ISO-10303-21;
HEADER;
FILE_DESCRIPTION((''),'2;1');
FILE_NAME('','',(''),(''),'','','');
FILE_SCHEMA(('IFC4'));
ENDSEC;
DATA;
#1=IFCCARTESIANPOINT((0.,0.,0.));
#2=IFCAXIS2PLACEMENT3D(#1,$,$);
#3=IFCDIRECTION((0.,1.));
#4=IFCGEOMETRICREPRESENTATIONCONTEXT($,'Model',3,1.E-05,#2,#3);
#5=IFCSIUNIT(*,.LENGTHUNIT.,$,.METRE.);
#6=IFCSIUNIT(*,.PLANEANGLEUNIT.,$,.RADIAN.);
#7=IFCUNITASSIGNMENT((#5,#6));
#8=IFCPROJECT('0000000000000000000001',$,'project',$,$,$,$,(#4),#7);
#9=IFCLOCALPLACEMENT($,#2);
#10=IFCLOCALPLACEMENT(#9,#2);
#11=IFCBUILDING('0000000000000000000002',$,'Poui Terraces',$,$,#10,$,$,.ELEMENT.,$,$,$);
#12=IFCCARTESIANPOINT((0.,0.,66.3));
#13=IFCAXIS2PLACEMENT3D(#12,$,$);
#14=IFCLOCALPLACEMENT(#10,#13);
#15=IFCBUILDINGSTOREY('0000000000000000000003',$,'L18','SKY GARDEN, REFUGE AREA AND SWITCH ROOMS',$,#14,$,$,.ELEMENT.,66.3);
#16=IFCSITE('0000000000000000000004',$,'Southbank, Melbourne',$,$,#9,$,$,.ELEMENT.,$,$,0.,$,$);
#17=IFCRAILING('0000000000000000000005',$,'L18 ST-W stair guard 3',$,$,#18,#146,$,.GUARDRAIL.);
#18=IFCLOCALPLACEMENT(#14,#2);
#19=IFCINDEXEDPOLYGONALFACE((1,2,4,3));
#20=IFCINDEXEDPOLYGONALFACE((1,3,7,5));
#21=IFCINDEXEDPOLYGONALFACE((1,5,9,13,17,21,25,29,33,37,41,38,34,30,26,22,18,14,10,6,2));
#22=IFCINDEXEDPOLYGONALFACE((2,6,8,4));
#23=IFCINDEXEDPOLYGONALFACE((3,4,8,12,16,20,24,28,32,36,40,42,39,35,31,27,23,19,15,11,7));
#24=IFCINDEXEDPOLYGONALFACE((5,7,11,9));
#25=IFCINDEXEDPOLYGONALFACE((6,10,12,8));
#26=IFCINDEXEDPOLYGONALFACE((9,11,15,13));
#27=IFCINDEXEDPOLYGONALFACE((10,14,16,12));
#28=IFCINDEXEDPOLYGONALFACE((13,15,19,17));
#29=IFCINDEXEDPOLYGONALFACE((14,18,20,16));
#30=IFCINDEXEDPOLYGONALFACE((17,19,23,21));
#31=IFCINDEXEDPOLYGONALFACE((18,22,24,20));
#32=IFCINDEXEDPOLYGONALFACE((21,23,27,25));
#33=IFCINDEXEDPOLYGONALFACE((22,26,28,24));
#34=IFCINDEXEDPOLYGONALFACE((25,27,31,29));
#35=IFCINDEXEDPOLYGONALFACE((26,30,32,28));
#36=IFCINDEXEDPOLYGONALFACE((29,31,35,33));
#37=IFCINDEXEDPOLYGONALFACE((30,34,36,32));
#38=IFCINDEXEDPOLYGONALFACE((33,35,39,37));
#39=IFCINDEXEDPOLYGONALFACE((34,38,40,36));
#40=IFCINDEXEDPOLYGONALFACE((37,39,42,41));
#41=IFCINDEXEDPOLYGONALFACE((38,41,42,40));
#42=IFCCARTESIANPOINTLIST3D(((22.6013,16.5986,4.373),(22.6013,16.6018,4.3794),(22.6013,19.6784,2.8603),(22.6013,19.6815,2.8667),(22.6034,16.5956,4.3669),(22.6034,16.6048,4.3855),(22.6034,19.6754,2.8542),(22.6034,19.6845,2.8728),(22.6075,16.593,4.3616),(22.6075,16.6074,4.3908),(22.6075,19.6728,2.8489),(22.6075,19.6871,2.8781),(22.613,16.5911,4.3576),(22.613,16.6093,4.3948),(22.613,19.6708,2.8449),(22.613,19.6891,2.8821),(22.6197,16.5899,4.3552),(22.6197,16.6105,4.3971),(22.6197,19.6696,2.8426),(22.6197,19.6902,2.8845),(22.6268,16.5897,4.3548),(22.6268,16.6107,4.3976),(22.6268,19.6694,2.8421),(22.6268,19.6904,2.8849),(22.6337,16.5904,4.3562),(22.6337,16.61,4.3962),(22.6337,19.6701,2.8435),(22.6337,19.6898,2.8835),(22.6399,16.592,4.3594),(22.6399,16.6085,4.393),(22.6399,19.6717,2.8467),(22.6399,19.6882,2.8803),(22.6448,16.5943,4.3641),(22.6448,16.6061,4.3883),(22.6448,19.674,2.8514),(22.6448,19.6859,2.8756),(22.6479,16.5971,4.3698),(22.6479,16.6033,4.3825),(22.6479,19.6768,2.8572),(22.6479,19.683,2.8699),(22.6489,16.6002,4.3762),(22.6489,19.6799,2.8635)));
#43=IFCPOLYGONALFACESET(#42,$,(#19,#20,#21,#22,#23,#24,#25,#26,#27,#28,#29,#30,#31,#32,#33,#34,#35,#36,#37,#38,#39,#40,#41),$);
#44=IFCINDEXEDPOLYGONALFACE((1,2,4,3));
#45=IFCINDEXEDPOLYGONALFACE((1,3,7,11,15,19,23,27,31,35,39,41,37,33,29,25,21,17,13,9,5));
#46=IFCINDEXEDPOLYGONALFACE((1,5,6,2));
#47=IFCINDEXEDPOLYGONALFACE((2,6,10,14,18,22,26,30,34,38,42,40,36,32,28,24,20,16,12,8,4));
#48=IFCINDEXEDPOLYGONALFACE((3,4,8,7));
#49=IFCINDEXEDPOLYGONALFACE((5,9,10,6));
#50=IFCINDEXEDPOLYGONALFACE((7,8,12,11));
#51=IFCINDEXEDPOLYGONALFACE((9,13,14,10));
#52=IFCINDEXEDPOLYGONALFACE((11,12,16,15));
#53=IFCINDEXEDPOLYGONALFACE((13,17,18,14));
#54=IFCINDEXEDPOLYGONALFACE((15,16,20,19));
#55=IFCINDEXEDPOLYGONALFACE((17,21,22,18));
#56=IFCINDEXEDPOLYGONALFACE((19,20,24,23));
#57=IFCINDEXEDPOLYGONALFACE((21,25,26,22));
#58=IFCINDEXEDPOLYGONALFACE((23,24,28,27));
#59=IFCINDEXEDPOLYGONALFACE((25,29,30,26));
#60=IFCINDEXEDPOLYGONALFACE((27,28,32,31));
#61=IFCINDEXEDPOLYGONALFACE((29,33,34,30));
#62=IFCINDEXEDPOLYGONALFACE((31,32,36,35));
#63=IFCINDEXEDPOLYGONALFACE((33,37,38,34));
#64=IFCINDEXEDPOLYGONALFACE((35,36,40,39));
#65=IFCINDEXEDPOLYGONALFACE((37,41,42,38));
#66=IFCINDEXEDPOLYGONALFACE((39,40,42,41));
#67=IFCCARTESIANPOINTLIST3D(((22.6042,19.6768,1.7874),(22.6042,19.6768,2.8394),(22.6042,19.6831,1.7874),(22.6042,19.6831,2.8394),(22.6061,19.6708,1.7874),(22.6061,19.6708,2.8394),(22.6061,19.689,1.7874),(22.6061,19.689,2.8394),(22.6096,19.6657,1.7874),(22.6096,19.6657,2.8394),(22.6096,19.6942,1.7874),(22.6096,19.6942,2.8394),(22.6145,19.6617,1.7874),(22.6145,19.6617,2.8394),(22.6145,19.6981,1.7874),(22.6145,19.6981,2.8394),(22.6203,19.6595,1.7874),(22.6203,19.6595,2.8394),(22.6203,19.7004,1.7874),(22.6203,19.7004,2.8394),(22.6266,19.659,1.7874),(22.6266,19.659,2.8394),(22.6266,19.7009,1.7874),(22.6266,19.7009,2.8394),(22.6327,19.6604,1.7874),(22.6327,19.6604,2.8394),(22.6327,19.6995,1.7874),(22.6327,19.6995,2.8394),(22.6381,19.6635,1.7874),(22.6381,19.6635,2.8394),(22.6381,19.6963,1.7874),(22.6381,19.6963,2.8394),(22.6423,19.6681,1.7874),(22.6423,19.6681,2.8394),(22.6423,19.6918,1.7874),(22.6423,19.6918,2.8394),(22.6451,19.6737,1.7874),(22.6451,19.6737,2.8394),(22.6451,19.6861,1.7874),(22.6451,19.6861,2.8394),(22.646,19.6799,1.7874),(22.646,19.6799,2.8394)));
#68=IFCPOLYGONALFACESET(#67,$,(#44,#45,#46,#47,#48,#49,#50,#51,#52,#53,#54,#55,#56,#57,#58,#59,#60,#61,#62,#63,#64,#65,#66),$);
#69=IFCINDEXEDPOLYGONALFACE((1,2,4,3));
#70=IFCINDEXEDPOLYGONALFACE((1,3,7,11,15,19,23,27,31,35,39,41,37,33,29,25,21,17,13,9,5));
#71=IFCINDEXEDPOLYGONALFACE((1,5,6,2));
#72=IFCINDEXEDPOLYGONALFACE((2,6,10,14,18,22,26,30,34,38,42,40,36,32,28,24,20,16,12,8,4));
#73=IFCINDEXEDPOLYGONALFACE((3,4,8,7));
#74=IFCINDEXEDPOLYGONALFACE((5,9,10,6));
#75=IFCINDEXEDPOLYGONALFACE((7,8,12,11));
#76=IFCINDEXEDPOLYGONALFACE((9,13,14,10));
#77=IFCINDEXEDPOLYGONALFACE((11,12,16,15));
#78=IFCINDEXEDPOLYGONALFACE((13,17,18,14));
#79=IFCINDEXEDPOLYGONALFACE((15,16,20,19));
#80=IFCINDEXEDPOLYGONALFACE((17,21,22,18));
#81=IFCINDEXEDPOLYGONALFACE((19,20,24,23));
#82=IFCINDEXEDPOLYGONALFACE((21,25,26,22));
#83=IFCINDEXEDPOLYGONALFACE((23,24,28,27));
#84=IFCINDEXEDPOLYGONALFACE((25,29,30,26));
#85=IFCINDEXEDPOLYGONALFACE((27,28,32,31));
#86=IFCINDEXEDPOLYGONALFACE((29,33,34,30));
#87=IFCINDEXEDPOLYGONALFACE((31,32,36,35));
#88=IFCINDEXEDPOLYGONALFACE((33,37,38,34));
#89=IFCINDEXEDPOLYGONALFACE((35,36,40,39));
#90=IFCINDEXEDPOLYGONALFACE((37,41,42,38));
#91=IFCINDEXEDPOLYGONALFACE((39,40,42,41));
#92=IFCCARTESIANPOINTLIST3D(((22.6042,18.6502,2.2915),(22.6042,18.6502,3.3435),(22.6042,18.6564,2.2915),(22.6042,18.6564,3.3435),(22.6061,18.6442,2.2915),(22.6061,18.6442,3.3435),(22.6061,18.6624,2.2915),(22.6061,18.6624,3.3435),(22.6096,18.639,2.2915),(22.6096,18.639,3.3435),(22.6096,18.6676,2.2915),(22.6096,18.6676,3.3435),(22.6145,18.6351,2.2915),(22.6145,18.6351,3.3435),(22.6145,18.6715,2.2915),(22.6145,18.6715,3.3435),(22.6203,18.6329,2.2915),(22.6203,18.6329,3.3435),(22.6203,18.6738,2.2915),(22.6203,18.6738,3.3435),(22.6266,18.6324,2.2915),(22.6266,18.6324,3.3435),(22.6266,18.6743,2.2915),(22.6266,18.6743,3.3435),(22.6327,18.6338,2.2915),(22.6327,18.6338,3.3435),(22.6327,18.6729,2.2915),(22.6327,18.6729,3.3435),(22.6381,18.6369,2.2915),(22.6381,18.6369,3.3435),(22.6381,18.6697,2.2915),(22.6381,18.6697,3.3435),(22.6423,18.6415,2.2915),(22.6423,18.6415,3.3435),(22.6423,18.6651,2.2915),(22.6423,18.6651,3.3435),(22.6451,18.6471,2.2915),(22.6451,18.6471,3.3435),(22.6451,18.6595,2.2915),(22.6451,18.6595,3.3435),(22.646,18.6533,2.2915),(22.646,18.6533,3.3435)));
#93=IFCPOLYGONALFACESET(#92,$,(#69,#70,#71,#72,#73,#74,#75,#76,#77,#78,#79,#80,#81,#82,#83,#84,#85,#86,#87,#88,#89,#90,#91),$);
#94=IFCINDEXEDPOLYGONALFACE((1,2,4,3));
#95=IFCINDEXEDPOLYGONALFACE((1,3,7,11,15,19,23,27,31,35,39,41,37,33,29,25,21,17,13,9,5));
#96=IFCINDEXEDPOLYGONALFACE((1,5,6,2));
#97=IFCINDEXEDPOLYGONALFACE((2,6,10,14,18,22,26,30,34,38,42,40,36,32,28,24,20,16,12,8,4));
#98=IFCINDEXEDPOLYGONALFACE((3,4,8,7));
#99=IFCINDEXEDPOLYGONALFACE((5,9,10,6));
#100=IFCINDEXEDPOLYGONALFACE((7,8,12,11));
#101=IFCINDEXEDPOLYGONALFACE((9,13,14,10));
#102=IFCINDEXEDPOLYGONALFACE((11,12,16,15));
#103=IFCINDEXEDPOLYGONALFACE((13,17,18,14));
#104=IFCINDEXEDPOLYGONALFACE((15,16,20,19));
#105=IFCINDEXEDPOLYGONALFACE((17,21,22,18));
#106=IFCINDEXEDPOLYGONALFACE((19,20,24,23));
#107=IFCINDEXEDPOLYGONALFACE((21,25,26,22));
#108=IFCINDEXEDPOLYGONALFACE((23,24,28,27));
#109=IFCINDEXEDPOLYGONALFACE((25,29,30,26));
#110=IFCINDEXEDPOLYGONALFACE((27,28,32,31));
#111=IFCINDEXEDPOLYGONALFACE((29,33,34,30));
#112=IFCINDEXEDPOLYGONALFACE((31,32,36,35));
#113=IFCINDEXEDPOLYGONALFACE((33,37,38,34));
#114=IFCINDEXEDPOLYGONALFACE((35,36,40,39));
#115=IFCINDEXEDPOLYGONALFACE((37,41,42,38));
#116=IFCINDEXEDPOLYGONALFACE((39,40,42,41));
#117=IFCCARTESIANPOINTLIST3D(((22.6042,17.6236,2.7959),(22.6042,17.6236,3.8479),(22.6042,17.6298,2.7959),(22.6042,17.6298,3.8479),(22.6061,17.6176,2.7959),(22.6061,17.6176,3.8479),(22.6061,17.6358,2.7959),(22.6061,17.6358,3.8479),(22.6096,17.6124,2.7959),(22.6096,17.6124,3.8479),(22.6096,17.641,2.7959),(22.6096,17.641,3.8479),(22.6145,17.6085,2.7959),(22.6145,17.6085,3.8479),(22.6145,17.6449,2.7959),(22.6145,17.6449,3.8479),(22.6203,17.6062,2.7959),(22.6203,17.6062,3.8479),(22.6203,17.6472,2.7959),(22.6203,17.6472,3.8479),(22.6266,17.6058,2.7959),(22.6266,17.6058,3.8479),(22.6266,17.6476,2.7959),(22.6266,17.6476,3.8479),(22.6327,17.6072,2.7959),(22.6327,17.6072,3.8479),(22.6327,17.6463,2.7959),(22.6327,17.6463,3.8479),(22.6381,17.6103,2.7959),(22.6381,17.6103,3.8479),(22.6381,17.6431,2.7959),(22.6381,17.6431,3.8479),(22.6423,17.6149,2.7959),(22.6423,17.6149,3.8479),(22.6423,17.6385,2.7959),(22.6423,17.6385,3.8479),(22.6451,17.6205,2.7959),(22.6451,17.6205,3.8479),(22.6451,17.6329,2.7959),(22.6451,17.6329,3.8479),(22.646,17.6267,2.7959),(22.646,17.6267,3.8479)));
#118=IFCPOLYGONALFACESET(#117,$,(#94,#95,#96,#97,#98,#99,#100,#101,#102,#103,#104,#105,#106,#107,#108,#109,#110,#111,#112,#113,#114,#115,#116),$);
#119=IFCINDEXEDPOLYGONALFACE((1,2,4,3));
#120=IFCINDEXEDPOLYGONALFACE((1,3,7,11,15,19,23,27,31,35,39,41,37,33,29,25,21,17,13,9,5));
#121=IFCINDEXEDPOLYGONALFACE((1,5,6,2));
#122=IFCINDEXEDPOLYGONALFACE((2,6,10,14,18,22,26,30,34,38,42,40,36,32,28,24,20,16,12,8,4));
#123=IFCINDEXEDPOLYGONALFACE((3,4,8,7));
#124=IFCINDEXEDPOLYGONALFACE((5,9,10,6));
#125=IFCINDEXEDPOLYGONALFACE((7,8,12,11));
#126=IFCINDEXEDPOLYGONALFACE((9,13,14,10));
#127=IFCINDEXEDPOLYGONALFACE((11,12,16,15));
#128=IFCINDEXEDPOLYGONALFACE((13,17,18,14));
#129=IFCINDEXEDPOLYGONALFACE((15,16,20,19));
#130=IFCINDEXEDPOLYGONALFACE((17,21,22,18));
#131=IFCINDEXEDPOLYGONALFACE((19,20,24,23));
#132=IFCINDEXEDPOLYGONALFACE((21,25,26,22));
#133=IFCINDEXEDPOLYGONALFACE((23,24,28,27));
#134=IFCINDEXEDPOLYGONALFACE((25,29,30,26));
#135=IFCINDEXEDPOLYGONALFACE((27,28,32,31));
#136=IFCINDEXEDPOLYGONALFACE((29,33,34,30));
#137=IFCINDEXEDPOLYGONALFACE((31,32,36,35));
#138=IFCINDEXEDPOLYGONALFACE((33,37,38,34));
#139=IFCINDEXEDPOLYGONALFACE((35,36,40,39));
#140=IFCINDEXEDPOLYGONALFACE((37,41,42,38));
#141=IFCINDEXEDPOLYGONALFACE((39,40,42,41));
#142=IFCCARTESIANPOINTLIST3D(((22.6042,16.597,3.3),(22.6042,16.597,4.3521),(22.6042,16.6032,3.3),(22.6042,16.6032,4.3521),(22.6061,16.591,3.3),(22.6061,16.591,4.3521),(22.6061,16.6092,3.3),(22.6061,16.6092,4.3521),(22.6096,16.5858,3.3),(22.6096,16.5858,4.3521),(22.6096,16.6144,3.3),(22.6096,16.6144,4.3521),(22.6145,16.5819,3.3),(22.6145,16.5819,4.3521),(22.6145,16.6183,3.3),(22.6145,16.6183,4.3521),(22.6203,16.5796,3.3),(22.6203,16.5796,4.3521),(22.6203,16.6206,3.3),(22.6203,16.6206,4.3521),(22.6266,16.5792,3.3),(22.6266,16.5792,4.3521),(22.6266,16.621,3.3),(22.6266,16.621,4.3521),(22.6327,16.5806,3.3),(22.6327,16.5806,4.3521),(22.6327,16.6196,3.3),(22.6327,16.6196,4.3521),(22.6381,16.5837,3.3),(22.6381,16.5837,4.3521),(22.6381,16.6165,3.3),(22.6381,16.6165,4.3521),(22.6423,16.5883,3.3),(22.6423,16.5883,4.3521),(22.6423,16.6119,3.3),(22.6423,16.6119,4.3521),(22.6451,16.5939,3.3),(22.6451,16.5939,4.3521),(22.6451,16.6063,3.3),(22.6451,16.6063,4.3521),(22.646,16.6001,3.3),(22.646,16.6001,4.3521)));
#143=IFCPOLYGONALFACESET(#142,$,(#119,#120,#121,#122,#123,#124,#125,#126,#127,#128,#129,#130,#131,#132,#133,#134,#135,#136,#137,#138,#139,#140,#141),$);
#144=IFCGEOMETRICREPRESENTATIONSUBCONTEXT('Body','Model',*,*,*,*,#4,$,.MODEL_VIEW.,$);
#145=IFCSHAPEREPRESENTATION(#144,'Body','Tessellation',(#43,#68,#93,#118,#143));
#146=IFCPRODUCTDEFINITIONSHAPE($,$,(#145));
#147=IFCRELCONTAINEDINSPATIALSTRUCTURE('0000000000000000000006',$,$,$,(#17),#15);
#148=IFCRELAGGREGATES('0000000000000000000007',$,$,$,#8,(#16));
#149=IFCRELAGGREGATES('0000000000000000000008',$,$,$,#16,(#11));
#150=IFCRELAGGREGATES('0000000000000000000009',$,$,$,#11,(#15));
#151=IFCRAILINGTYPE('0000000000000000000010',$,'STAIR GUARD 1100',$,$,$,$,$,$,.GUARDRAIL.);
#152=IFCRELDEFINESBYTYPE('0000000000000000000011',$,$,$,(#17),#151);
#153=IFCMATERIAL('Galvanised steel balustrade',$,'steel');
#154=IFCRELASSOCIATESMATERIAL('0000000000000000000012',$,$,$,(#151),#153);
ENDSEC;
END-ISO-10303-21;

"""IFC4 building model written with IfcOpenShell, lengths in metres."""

from ifc_helpers import new_model, si_unit, direction, frame, origin, origin_2d, place, context, subcontext, project, spatial, circle, extrude, material, type_object, element, save


model = new_model("IFC4")

# Units and contexts
model_context = context("Model", 3, precision=1e-05, world=origin(), true_north=direction((0.0, 1.0)))
body_context = subcontext(model_context, "Body", "Model", "MODEL_VIEW")
ifc_project = project(units=[si_unit("LENGTHUNIT", "METRE"), si_unit("PLANEANGLEUNIT", "RADIAN")], contexts=[model_context])

# Site, building, storey
site_placement = place(None, origin())
site = spatial("IfcSite", under=ifc_project, at=site_placement, Name="Southbank, Melbourne", CompositionType="ELEMENT", RefElevation=0.0)
building_placement = place(site_placement, origin())
building = spatial("IfcBuilding", under=site, at=building_placement, Name="Poui Terraces", CompositionType="ELEMENT")
storey_placement = place(building_placement, frame((0.0, 0.0, 66.3)))
storey = spatial("IfcBuildingStorey", under=building, at=storey_placement, Name="L18", Description="SKY GARDEN, REFUGE AREA AND SWITCH ROOMS", CompositionType="ELEMENT", Elevation=66.3)

# Railing
ifc_material_1 = material(Name="Galvanised steel balustrade", Category="steel")
railing_type_1 = type_object("IfcRailingType", Name="STAIR GUARD 1100", PredefinedType="GUARDRAIL", material=ifc_material_1)
railing_1_placement = place(storey_placement, frame((22.625, 19.6799, 1.7874)))
element("IfcRailing", 1, at=railing_1_placement, inside=storey, type_object=railing_type_1, Name="L18 ST-W stair guard 3", PredefinedType="GUARDRAIL", context=body_context, shape_type="SweptSolid", body=[
    extrude(circle(Radius=0.0239, at=origin_2d()), frame((0.0, 0.0, 1.0762), z_axis=(0.0, -0.897578, 0.440856), x_axis=(1.0, 0.0, 0.0)), (0.0, 0.0, 1.0), 3.4312),
    extrude(circle(Radius=0.021, at=origin_2d()), origin(), (0.0, 0.0, 1.0), 1.052),
    extrude(circle(Radius=0.021, at=origin_2d()), frame((0.0, -1.0266, 0.5042)), (0.0, 0.0, 1.0), 1.052),
    extrude(circle(Radius=0.021, at=origin_2d()), frame((0.0, -2.0532, 1.0085)), (0.0, 0.0, 1.0), 1.052),
    extrude(circle(Radius=0.021, at=origin_2d()), frame((0.0, -3.0798, 1.5127)), (0.0, 0.0, 1.0), 1.052),
])

save(model, "model.ifc")
